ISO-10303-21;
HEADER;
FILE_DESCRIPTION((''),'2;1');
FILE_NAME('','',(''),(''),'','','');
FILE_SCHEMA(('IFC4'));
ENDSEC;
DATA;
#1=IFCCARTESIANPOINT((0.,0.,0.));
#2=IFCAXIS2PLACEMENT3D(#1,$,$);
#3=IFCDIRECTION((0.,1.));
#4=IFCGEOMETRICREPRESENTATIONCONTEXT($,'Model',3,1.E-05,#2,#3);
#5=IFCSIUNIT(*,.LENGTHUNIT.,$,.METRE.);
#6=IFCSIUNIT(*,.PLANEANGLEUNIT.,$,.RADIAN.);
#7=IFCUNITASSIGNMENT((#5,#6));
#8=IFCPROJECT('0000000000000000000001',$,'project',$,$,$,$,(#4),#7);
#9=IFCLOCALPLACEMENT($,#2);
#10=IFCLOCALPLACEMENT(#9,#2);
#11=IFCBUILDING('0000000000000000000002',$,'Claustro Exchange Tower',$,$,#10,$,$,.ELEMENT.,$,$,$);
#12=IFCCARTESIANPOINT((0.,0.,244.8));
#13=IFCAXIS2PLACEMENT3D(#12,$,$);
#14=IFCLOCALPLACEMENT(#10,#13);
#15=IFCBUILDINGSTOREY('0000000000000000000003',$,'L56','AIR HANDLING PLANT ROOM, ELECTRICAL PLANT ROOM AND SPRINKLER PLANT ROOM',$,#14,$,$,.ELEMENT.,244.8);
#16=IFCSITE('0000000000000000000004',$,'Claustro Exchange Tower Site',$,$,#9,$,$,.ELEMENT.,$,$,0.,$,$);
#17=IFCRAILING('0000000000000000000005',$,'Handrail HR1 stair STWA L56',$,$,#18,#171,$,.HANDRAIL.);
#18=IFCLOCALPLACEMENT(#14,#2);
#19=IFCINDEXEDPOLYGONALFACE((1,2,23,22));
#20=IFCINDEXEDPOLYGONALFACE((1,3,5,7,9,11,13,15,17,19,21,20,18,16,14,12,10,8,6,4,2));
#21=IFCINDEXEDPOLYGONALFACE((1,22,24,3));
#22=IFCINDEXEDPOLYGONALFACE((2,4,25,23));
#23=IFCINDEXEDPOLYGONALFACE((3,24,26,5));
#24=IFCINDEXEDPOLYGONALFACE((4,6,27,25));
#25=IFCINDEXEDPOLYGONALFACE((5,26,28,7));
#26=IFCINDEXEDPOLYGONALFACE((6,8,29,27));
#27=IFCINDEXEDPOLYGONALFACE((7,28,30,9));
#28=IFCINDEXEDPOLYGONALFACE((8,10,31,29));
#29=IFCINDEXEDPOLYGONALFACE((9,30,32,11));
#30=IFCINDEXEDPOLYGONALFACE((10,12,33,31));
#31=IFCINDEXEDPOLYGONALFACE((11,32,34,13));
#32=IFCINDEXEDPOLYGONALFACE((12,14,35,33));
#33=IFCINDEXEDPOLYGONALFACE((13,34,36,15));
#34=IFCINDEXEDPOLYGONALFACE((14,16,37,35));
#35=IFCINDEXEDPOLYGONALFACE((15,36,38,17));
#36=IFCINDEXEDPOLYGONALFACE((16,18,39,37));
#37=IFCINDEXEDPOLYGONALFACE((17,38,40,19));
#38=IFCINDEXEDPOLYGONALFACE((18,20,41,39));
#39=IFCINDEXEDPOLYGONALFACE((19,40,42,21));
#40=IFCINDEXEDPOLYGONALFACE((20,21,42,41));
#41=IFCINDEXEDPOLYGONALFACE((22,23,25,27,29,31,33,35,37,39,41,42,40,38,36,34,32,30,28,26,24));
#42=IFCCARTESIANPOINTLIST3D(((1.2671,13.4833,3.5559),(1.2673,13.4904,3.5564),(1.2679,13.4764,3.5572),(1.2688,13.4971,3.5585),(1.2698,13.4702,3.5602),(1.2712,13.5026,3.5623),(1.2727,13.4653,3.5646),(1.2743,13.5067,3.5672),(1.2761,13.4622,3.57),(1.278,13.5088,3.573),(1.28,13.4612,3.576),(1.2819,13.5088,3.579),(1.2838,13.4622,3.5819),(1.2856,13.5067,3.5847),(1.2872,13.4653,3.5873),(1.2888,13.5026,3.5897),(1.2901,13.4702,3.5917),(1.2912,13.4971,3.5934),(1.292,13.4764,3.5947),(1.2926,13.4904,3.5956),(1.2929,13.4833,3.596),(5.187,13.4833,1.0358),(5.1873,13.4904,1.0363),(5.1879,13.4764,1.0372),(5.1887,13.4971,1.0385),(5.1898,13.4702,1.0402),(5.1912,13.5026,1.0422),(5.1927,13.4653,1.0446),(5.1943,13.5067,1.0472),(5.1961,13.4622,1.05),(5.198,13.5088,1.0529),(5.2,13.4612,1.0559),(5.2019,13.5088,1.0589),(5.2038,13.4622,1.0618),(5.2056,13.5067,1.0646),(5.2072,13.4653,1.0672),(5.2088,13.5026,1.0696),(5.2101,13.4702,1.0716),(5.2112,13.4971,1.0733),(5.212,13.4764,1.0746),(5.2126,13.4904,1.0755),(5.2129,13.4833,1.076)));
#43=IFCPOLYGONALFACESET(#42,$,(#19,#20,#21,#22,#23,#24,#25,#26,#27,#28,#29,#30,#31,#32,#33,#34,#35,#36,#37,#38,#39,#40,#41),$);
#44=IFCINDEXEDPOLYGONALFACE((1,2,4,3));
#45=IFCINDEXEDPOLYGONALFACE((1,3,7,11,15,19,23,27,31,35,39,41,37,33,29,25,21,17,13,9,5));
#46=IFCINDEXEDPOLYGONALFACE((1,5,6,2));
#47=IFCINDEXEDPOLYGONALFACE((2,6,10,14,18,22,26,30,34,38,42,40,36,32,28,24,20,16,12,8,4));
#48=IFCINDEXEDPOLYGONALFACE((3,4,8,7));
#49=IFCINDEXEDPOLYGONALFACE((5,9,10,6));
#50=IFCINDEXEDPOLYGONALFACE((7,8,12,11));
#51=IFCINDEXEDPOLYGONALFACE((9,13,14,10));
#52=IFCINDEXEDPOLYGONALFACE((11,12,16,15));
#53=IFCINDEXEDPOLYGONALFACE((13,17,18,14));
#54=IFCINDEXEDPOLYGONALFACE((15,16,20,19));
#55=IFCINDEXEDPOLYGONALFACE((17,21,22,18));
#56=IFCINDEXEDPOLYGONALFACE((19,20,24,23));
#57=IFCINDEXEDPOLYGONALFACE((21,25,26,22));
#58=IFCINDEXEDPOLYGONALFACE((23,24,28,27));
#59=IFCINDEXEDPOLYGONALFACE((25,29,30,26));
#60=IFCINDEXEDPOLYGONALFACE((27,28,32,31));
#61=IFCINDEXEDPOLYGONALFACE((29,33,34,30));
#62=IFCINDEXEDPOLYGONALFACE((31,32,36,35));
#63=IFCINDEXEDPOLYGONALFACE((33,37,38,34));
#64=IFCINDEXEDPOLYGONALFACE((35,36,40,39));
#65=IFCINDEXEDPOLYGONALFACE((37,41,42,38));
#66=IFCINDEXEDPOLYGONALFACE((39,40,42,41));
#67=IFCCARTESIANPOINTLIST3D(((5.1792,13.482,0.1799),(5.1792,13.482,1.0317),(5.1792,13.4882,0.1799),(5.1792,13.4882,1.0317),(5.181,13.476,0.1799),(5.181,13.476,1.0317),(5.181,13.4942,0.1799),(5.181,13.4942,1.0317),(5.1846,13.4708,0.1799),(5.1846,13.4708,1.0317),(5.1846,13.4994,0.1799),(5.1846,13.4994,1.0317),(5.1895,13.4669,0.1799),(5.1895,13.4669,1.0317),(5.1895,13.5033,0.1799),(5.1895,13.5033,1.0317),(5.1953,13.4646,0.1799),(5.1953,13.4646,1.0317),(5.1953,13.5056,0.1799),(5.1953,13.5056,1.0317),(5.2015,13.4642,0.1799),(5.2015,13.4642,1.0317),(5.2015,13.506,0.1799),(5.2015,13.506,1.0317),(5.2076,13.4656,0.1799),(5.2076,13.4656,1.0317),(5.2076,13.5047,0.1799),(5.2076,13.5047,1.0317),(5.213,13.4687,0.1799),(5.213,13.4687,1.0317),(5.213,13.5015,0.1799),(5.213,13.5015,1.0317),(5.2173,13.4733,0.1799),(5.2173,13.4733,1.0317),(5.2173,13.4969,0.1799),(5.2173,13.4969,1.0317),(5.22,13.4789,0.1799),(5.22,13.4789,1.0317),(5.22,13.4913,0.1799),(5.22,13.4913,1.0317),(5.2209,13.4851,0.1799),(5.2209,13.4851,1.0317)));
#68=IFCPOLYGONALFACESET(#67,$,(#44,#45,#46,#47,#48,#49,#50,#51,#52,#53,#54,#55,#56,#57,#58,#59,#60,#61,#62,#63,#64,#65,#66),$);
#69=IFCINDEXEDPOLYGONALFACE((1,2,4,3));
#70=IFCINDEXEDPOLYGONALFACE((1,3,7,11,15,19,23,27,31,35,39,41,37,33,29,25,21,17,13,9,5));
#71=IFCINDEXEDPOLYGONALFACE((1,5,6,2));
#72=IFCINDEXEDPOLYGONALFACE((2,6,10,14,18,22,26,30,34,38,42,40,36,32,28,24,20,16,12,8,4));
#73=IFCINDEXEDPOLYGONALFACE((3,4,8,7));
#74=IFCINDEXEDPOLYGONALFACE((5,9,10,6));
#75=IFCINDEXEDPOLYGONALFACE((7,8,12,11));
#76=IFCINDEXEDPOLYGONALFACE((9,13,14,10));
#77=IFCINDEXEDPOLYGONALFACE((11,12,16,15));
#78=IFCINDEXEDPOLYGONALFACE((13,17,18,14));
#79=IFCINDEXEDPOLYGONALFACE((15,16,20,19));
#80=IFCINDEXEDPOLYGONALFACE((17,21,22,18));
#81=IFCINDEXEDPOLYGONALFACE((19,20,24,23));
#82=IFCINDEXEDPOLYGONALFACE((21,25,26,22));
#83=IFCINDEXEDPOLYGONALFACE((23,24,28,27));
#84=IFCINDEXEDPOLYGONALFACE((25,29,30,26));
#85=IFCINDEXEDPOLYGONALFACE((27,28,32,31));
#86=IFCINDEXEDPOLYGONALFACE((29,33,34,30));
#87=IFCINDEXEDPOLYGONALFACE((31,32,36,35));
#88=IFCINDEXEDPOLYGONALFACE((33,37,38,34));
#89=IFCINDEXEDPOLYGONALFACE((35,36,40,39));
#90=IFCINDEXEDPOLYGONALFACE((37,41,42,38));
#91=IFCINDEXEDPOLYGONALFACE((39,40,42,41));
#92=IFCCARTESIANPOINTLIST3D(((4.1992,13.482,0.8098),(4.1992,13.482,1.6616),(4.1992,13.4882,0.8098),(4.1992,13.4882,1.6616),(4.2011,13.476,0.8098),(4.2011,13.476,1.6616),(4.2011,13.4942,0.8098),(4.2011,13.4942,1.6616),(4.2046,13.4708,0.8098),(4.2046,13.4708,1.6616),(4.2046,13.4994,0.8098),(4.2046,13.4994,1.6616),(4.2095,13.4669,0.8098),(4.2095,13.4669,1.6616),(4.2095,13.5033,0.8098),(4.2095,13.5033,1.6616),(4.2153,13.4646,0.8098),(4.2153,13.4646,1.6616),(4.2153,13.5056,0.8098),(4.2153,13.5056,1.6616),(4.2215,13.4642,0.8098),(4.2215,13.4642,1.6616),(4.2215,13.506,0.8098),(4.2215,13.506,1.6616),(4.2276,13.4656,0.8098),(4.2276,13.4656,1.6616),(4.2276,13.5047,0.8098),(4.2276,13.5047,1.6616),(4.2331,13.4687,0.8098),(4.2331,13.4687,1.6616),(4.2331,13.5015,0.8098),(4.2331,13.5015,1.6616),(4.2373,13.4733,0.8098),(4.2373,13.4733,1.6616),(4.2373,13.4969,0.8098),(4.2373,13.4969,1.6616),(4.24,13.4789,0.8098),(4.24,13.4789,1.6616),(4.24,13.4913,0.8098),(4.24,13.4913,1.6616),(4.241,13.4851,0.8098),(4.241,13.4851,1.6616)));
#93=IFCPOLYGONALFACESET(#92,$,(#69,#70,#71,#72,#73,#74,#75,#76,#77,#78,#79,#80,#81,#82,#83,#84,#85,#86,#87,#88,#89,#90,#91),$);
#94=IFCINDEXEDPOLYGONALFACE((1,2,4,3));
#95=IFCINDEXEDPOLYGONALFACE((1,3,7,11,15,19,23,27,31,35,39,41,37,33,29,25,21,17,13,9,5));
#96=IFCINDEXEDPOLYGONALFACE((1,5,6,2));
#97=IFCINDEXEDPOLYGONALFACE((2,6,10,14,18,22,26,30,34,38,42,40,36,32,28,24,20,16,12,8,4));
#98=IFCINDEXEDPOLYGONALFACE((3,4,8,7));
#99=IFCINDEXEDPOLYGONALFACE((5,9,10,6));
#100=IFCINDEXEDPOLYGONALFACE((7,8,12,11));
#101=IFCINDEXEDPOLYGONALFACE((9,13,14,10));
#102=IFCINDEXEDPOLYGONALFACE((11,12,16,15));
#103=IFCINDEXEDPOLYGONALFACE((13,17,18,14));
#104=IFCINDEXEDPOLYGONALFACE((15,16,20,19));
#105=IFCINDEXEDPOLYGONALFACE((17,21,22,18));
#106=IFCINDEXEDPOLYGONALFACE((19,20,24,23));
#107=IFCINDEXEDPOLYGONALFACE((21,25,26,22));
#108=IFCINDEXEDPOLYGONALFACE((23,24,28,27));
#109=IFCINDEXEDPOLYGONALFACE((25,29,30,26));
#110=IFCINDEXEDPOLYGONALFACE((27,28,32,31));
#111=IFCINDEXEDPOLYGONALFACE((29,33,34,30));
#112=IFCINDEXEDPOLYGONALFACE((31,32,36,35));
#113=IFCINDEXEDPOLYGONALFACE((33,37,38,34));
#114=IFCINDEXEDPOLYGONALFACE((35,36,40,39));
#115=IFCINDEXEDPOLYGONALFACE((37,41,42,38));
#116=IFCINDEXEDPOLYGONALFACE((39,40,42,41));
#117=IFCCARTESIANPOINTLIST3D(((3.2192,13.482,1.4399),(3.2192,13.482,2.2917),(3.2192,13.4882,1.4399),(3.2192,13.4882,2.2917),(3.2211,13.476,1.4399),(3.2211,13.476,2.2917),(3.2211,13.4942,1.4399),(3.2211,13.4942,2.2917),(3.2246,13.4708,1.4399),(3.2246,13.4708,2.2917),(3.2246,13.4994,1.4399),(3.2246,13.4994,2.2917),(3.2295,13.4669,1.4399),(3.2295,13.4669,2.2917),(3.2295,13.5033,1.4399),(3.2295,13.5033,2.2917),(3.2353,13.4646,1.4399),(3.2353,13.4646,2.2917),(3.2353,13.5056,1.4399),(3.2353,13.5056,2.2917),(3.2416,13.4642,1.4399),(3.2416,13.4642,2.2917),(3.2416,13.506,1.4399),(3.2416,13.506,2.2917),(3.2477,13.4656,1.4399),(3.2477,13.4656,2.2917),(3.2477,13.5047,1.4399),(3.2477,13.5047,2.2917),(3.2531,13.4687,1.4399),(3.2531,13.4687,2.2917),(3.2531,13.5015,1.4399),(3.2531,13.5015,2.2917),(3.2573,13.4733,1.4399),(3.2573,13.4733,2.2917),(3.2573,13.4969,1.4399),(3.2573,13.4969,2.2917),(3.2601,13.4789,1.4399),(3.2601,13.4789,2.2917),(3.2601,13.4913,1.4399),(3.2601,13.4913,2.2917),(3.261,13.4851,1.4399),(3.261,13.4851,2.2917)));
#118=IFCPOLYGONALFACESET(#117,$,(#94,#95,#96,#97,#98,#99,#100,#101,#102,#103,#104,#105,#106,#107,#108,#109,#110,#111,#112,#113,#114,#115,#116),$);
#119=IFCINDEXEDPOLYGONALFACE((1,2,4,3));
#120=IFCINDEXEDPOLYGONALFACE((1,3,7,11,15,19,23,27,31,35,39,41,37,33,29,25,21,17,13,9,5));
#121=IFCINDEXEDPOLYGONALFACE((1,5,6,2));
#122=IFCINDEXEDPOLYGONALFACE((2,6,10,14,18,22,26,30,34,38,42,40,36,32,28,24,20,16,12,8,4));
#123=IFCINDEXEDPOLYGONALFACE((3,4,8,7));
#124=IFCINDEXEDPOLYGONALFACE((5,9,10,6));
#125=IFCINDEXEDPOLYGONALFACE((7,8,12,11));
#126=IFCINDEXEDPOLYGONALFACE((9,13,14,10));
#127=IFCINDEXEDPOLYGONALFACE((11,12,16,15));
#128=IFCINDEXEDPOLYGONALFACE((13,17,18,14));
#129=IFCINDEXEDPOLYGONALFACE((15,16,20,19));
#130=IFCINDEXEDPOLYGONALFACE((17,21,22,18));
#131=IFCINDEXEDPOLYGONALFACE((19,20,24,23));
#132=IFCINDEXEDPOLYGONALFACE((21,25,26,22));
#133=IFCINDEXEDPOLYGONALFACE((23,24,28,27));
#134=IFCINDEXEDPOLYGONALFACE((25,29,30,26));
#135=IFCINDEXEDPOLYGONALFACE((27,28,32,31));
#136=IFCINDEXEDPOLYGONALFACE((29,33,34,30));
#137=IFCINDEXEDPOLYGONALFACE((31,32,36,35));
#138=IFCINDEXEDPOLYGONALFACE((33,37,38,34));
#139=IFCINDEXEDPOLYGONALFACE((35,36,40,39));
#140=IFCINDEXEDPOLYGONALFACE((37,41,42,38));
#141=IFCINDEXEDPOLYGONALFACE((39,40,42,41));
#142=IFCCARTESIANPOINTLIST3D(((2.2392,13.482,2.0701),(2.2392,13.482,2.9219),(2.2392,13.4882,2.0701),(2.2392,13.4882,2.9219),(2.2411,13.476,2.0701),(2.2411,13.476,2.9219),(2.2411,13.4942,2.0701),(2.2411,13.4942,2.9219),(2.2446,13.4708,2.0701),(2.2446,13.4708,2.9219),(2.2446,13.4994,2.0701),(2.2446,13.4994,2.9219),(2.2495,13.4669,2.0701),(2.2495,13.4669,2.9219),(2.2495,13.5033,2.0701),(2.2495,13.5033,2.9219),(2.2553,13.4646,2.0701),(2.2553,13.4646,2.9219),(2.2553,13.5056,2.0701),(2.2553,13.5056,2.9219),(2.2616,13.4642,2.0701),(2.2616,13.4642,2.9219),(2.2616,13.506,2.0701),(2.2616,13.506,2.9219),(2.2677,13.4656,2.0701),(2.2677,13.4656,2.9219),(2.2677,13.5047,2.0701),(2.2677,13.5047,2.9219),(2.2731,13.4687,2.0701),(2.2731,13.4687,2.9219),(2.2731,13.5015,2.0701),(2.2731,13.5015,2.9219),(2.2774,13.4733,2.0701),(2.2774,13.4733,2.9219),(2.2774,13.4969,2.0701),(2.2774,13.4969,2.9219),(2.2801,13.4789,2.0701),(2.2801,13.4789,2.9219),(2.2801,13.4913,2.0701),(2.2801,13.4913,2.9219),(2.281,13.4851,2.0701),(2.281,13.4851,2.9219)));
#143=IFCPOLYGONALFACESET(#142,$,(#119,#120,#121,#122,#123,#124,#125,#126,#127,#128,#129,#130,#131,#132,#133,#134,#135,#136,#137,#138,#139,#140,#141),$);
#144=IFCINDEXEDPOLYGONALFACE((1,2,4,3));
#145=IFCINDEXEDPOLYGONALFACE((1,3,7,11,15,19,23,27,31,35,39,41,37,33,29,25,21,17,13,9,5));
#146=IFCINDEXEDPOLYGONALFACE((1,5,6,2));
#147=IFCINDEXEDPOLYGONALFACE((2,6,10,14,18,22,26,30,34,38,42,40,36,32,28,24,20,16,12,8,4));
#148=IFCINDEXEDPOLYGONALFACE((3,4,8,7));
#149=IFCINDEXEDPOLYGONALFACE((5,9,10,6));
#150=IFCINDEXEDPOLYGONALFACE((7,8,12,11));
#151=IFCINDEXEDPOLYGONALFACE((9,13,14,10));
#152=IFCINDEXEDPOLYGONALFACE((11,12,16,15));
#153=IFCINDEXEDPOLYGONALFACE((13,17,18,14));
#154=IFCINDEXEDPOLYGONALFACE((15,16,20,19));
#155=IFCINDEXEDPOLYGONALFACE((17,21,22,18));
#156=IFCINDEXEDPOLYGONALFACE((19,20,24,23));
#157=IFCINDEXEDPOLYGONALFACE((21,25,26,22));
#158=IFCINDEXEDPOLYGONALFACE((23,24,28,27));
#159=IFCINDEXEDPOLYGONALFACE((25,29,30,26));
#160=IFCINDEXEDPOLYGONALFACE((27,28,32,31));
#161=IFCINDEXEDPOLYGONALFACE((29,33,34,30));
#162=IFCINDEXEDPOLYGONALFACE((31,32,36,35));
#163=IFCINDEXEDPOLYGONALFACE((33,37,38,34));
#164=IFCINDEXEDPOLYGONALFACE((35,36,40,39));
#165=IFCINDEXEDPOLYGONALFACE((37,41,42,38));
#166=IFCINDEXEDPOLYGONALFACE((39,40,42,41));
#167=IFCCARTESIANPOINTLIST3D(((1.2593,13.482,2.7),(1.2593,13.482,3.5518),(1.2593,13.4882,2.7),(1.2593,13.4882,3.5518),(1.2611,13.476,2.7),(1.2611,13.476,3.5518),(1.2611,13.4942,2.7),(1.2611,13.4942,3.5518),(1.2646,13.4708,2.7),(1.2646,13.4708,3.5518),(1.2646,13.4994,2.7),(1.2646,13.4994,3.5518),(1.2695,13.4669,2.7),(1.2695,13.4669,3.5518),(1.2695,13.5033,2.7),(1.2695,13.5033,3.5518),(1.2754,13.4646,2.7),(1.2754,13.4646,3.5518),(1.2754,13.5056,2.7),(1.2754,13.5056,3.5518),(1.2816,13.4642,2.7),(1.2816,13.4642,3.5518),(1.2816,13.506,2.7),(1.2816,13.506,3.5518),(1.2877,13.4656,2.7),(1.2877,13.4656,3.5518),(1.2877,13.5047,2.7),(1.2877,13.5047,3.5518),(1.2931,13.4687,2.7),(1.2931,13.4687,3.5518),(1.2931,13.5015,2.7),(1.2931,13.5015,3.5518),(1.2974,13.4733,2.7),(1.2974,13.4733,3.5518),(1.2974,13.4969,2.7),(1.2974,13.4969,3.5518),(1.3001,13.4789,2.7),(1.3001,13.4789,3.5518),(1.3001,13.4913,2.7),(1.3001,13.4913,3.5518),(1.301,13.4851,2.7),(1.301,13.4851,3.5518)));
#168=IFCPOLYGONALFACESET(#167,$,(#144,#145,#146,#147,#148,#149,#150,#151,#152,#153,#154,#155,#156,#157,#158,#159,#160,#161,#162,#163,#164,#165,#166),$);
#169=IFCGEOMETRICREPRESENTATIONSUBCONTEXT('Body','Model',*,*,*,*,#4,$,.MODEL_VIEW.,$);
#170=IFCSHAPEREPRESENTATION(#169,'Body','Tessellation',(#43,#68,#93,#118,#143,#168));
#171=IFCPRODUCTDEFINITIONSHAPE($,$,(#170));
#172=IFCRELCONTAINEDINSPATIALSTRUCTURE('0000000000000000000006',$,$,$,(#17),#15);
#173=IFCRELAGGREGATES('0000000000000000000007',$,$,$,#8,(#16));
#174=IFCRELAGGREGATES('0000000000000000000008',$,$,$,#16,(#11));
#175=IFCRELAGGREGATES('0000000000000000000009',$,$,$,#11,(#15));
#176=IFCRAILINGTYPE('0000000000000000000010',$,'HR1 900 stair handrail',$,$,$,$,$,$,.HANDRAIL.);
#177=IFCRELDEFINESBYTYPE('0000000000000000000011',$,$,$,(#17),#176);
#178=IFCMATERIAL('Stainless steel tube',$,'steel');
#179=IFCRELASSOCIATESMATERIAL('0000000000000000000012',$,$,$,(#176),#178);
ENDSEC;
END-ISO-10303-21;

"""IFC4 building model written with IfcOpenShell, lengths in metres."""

from ifc_helpers import new_model, si_unit, direction, frame, origin, origin_2d, place, context, subcontext, project, spatial, circle, extrude, material, type_object, element, save


model = new_model("IFC4")

# Units and contexts
model_context = context("Model", 3, precision=1e-05, world=origin(), true_north=direction((0.0, 1.0)))
body_context = subcontext(model_context, "Body", "Model", "MODEL_VIEW")
ifc_project = project(units=[si_unit("LENGTHUNIT", "METRE"), si_unit("PLANEANGLEUNIT", "RADIAN")], contexts=[model_context])

# Site, building, storey
site_placement = place(None, origin())
site = spatial("IfcSite", under=ifc_project, at=site_placement, Name="Claustro Exchange Tower Site", CompositionType="ELEMENT", RefElevation=0.0)
building_placement = place(site_placement, origin())
building = spatial("IfcBuilding", under=site, at=building_placement, Name="Claustro Exchange Tower", CompositionType="ELEMENT")
storey_placement = place(building_placement, frame((0.0, 0.0, 244.8)))
storey = spatial("IfcBuildingStorey", under=building, at=storey_placement, Name="L56", Description="AIR HANDLING PLANT ROOM, ELECTRICAL PLANT ROOM AND SPRINKLER PLANT ROOM", CompositionType="ELEMENT", Elevation=244.8)

# Railing
ifc_material_1 = material(Name="Stainless steel tube", Category="steel")
railing_type_1 = type_object("IfcRailingType", Name="HR1 900 stair handrail", PredefinedType="HANDRAIL", material=ifc_material_1)
railing_1_placement = place(storey_placement, frame((5.2, 13.4851, 0.1799)))
element("IfcRailing", 1, at=railing_1_placement, inside=storey, type_object=railing_type_1, Name="Handrail HR1 stair STWA L56", PredefinedType="HANDRAIL", context=body_context, shape_type="SweptSolid", body=[
    extrude(circle(Radius=0.0239, at=origin_2d()), frame((0.0, 0.0, 0.876), z_axis=(-0.841172, 0.0, 0.540768), x_axis=(0.0, -1.0, 0.0)), (0.0, 0.0, 1.0), 4.6602),
    extrude(circle(Radius=0.021, at=origin_2d()), origin(), (0.0, 0.0, 1.0), 0.8518),
    extrude(circle(Radius=0.021, at=origin_2d()), frame((-0.98, 0.0, 0.6299)), (0.0, 0.0, 1.0), 0.8518),
    extrude(circle(Radius=0.021, at=origin_2d()), frame((-1.96, 0.0, 1.26)), (0.0, 0.0, 1.0), 0.8518),
    extrude(circle(Radius=0.021, at=origin_2d()), frame((-2.9399, 0.0, 1.8901)), (0.0, 0.0, 1.0), 0.8518),
    extrude(circle(Radius=0.021, at=origin_2d()), frame((-3.9199, 0.0, 2.52)), (0.0, 0.0, 1.0), 0.8518),
])

save(model, "model.ifc")
